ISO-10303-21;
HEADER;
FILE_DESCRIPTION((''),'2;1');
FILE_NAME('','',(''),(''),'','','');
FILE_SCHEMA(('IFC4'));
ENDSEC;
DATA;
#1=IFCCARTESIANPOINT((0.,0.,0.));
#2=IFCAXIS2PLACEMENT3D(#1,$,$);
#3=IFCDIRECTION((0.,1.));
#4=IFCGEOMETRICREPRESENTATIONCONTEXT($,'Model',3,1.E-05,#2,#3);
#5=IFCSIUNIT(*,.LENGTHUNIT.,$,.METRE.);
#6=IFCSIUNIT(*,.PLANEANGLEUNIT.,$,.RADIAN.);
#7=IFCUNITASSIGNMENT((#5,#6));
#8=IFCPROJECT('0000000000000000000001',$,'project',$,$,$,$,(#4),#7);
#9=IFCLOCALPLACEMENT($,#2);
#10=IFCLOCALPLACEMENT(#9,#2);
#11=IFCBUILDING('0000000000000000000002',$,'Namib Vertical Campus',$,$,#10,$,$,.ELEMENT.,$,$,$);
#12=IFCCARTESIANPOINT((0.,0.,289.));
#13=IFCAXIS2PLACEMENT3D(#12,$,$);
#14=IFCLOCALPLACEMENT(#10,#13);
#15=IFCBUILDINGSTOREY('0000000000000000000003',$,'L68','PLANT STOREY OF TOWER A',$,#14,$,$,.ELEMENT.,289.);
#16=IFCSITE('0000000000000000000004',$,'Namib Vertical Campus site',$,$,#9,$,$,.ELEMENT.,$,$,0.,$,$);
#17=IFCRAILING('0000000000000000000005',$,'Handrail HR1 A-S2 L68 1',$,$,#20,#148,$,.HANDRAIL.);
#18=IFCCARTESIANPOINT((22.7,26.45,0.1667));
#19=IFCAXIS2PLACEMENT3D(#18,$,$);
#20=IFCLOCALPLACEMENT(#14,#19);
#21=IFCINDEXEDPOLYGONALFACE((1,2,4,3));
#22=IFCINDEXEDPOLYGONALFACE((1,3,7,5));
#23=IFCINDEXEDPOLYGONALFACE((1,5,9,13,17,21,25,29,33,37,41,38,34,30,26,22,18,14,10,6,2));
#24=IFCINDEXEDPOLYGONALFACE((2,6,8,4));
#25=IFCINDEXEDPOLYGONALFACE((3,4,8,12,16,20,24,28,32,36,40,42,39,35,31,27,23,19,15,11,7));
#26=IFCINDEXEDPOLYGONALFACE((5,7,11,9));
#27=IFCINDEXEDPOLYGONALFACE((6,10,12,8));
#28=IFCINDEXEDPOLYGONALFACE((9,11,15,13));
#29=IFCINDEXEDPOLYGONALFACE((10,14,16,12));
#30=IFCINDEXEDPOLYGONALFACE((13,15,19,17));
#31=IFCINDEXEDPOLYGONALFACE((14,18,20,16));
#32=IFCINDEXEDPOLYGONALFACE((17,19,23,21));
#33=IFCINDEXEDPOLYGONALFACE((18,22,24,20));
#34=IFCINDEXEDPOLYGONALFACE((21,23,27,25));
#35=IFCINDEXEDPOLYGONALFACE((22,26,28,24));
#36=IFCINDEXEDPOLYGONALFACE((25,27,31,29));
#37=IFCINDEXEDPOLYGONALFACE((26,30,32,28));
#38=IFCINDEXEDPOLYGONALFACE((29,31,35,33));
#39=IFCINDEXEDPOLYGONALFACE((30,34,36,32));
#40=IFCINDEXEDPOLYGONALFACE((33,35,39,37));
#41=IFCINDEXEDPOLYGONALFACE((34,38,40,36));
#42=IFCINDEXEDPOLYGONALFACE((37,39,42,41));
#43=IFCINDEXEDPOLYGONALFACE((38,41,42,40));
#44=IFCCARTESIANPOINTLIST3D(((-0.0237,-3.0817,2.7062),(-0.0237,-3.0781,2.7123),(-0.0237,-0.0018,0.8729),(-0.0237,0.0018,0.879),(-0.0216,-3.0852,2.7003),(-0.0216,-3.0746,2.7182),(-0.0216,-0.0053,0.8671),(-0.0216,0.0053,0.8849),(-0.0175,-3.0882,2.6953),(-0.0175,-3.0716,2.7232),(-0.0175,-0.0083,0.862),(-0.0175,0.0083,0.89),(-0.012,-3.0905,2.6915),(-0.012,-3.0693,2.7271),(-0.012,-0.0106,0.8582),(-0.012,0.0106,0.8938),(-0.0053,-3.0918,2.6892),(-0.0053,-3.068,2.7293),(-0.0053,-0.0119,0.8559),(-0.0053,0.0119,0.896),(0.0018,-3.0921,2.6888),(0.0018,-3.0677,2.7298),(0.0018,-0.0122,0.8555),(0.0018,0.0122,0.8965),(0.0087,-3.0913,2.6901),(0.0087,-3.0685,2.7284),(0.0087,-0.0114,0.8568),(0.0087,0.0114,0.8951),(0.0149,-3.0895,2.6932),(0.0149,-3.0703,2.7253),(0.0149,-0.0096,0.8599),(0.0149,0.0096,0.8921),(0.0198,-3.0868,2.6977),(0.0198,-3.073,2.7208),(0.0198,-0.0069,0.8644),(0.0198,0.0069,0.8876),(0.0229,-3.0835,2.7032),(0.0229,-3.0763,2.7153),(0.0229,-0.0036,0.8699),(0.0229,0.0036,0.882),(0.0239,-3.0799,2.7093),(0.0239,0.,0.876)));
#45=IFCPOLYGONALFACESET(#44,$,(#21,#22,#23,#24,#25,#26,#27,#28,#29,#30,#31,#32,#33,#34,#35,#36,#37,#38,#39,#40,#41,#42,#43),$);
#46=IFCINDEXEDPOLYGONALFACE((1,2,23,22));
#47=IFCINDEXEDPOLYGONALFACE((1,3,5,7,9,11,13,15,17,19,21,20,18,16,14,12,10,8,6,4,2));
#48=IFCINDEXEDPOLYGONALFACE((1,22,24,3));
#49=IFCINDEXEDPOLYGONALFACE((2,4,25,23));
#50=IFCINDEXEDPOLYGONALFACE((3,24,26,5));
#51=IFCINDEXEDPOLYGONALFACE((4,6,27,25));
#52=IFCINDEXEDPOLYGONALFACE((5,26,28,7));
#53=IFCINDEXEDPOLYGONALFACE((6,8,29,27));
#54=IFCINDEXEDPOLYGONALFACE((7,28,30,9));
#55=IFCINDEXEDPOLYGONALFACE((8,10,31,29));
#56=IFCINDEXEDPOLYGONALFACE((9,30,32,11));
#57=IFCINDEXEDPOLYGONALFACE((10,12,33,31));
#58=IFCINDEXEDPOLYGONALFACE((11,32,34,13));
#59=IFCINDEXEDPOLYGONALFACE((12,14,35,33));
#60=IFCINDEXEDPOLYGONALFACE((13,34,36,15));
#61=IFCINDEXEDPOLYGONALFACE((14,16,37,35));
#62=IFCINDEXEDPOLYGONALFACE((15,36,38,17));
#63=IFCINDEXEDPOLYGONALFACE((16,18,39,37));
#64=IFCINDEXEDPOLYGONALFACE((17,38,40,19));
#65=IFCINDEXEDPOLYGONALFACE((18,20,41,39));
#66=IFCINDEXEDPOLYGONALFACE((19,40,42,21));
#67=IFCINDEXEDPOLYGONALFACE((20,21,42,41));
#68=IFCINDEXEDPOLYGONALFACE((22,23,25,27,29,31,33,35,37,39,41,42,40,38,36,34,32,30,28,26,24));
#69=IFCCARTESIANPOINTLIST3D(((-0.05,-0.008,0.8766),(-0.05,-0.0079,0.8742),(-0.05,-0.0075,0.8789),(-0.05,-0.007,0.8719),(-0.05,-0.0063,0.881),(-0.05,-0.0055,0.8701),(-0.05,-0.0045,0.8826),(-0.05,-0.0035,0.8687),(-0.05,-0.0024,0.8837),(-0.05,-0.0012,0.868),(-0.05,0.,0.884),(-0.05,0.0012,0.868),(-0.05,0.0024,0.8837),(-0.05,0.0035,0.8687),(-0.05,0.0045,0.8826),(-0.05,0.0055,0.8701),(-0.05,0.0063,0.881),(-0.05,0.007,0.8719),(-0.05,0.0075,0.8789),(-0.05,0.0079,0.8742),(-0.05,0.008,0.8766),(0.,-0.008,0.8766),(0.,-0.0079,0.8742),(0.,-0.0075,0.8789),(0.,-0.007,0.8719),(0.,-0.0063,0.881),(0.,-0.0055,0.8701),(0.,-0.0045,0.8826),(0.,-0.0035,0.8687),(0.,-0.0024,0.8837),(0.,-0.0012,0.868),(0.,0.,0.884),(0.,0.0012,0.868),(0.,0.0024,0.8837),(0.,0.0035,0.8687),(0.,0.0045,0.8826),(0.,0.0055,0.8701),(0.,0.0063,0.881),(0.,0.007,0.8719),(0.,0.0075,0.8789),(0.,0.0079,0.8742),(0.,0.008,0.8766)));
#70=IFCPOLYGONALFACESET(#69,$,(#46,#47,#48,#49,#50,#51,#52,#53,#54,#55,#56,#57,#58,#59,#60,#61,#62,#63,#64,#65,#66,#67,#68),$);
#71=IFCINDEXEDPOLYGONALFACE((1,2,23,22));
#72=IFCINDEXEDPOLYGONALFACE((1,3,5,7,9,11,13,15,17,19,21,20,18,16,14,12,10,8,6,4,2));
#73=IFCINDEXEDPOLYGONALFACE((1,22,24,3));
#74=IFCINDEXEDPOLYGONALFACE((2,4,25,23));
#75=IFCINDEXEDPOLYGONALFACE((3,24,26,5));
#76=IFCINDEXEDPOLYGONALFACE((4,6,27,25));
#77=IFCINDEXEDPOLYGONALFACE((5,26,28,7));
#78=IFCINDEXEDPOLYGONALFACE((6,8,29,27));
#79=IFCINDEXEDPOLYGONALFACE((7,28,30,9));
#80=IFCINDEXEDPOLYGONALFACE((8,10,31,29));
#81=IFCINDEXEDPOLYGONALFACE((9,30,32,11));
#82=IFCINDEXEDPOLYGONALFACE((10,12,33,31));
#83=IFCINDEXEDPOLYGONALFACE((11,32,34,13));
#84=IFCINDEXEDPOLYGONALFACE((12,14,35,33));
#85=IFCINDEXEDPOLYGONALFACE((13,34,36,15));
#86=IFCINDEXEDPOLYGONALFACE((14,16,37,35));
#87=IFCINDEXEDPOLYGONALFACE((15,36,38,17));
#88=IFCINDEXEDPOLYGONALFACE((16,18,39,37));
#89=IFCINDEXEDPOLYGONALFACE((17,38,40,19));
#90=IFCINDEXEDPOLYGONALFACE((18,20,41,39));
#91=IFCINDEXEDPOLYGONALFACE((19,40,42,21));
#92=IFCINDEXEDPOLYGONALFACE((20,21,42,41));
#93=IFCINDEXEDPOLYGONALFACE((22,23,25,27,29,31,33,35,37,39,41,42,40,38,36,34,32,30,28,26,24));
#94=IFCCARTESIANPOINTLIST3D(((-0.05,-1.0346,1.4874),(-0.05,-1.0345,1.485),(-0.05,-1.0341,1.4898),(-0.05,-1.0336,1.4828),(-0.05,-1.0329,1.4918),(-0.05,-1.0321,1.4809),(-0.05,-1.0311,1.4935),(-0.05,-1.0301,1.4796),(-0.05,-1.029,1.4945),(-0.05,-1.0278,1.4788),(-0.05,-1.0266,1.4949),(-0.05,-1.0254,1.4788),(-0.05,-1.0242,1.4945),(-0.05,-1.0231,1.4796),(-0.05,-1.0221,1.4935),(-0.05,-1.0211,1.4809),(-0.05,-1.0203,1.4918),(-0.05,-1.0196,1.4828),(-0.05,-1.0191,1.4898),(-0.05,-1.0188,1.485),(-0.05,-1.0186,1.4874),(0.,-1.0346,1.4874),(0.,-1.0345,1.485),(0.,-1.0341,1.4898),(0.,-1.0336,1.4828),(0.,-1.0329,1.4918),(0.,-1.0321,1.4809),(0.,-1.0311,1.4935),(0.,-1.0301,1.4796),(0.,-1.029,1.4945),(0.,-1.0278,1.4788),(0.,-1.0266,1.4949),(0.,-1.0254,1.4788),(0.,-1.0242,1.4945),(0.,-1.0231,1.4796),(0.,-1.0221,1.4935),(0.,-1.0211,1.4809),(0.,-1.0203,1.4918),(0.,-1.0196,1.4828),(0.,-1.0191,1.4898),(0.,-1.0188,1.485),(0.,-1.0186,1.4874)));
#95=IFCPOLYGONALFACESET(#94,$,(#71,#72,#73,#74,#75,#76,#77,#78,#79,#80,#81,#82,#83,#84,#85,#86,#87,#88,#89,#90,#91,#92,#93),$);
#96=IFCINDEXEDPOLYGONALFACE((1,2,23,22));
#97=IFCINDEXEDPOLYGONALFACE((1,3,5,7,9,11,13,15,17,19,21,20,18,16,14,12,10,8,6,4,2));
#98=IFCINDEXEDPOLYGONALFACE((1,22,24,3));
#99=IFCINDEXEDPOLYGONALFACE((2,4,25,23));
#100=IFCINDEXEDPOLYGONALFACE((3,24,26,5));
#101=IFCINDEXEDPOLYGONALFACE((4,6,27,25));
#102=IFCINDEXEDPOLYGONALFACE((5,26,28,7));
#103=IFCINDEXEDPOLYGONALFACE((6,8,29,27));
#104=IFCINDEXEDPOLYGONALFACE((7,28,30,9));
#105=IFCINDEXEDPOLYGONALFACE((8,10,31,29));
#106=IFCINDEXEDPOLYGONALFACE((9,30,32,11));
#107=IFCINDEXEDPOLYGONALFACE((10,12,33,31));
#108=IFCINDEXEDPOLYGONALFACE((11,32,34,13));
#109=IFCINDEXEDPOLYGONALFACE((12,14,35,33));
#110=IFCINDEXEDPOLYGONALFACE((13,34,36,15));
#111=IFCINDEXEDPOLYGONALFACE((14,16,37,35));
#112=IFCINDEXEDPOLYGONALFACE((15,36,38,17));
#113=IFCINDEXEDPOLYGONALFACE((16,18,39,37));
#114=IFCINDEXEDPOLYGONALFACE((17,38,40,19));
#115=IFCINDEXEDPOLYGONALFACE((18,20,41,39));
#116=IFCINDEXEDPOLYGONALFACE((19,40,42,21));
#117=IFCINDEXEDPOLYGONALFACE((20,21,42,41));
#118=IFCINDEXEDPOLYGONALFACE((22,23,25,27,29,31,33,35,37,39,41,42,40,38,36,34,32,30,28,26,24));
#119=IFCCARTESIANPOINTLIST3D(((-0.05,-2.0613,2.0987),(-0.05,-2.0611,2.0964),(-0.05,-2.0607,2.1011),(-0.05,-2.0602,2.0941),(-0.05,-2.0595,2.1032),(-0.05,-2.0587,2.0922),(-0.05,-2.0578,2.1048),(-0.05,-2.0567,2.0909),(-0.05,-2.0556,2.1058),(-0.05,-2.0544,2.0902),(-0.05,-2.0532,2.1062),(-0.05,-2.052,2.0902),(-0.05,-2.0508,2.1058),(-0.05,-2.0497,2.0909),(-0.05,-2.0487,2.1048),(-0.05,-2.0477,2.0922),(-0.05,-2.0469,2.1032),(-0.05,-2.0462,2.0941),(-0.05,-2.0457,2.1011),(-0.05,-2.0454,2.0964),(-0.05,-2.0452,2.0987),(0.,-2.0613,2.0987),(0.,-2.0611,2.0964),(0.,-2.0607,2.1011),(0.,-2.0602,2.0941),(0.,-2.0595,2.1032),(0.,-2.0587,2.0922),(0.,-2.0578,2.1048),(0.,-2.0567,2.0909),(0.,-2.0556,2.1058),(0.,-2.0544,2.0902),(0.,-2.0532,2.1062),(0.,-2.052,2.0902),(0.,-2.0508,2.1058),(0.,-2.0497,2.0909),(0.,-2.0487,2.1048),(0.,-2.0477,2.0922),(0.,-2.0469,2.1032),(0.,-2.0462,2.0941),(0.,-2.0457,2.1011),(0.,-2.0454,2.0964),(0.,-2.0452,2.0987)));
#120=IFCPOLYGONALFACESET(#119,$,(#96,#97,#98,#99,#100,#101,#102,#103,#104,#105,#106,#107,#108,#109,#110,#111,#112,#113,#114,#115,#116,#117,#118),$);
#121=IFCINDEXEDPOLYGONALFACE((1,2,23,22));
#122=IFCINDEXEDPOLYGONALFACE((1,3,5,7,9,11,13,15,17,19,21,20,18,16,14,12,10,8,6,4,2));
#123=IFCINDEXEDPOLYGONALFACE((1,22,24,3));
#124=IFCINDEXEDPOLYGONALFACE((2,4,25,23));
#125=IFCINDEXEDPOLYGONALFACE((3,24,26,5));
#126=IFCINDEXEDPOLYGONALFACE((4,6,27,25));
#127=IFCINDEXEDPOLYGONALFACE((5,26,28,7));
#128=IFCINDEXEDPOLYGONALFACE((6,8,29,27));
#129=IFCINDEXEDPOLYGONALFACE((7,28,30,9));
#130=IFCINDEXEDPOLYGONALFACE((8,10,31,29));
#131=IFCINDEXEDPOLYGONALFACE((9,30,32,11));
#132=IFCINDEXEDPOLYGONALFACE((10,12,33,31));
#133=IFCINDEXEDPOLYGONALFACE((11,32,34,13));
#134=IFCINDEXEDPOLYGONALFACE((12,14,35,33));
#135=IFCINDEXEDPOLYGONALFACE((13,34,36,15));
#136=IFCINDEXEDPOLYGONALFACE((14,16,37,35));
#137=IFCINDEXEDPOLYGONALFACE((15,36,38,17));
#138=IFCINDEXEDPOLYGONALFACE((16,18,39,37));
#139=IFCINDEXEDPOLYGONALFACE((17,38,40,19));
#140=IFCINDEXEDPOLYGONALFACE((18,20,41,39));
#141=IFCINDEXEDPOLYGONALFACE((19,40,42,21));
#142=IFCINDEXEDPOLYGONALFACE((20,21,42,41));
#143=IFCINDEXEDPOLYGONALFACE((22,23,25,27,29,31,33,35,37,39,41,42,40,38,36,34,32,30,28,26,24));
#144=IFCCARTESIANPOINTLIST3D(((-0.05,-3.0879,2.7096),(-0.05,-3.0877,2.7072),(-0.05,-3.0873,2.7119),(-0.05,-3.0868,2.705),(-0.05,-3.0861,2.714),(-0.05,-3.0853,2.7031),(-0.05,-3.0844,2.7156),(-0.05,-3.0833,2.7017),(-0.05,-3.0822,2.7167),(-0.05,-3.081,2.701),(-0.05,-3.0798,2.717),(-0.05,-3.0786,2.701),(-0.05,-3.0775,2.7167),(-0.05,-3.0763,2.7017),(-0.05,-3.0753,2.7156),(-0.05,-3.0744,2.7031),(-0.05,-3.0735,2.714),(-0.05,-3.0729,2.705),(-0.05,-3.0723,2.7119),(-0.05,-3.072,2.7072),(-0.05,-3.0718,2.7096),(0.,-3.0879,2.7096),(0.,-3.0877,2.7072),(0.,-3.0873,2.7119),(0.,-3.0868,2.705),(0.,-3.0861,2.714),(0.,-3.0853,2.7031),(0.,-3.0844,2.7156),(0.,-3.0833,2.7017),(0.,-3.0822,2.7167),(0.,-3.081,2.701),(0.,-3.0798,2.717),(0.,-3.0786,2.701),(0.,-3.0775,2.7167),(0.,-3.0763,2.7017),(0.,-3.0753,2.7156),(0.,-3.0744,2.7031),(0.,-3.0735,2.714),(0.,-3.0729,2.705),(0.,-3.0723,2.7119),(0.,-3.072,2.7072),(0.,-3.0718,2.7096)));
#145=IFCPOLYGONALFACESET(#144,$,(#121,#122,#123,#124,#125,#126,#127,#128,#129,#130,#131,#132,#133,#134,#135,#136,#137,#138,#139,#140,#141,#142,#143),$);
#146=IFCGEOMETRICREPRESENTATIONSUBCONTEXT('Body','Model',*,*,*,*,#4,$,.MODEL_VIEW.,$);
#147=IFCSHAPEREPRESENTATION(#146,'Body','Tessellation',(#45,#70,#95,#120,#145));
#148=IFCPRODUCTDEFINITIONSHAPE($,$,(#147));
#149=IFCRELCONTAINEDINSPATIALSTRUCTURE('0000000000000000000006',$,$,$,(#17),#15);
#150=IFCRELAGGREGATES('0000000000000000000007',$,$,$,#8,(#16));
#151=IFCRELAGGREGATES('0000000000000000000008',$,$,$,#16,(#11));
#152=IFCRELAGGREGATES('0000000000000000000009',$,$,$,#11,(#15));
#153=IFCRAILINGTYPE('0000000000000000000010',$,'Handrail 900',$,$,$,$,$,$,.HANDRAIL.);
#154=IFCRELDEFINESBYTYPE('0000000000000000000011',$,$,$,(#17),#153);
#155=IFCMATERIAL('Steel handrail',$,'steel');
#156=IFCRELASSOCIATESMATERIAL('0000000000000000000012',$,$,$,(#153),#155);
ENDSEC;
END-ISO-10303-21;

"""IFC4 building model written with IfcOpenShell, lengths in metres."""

from ifc_helpers import new_model, si_unit, direction, frame, origin, origin_2d, place, context, subcontext, project, spatial, circle, extrude, material, type_object, element, save


model = new_model("IFC4")

# Units and contexts
model_context = context("Model", 3, precision=1e-05, world=origin(), true_north=direction((0.0, 1.0)))
body_context = subcontext(model_context, "Body", "Model", "MODEL_VIEW")
ifc_project = project(units=[si_unit("LENGTHUNIT", "METRE"), si_unit("PLANEANGLEUNIT", "RADIAN")], contexts=[model_context])

# Site, building, storey
site_placement = place(None, origin())
site = spatial("IfcSite", under=ifc_project, at=site_placement, Name="Namib Vertical Campus site", CompositionType="ELEMENT", RefElevation=0.0)
building_placement = place(site_placement, origin())
building = spatial("IfcBuilding", under=site, at=building_placement, Name="Namib Vertical Campus", CompositionType="ELEMENT")
storey_placement = place(building_placement, frame((0.0, 0.0, 289.0)))
storey = spatial("IfcBuildingStorey", under=building, at=storey_placement, Name="L68", Description="PLANT STOREY OF TOWER A", CompositionType="ELEMENT", Elevation=289.0)

# Railing
ifc_material_1 = material(Name="Steel handrail", Category="steel")
railing_type_1 = type_object("IfcRailingType", Name="Handrail 900", PredefinedType="HANDRAIL", material=ifc_material_1)
railing_1_placement = place(storey_placement, frame((22.7, 26.45, 0.1667)))
element("IfcRailing", 1, at=railing_1_placement, inside=storey, type_object=railing_type_1, Name="Handrail HR1 A-S2 L68 1", PredefinedType="HANDRAIL", context=body_context, shape_type="SweptSolid", body=[
    extrude(circle(Radius=0.0239, at=origin_2d()), frame((0.0, 0.0, 0.876), z_axis=(0.0, -0.859291, 0.511487), x_axis=(1.0, 0.0, 0.0)), (0.0, 0.0, 1.0), 3.5842),
    extrude(circle(Radius=0.0081, at=origin_2d()), frame((0.0, 0.0, 0.876), z_axis=(-1.0, 0.0, 0.0), x_axis=(0.0, 0.0, 1.0)), (0.0, 0.0, 1.0), 0.05),
    extrude(circle(Radius=0.0081, at=origin_2d()), frame((0.0, -1.0266, 1.4868), z_axis=(-1.0, 0.0, 0.0), x_axis=(0.0, 0.0, 1.0)), (0.0, 0.0, 1.0), 0.05),
    extrude(circle(Radius=0.0081, at=origin_2d()), frame((0.0, -2.0532, 2.0981), z_axis=(-1.0, 0.0, 0.0), x_axis=(0.0, 0.0, 1.0)), (0.0, 0.0, 1.0), 0.05),
    extrude(circle(Radius=0.0081, at=origin_2d()), frame((0.0, -3.0798, 2.709), z_axis=(-1.0, 0.0, 0.0), x_axis=(0.0, 0.0, 1.0)), (0.0, 0.0, 1.0), 0.05),
])

save(model, "model.ifc")
